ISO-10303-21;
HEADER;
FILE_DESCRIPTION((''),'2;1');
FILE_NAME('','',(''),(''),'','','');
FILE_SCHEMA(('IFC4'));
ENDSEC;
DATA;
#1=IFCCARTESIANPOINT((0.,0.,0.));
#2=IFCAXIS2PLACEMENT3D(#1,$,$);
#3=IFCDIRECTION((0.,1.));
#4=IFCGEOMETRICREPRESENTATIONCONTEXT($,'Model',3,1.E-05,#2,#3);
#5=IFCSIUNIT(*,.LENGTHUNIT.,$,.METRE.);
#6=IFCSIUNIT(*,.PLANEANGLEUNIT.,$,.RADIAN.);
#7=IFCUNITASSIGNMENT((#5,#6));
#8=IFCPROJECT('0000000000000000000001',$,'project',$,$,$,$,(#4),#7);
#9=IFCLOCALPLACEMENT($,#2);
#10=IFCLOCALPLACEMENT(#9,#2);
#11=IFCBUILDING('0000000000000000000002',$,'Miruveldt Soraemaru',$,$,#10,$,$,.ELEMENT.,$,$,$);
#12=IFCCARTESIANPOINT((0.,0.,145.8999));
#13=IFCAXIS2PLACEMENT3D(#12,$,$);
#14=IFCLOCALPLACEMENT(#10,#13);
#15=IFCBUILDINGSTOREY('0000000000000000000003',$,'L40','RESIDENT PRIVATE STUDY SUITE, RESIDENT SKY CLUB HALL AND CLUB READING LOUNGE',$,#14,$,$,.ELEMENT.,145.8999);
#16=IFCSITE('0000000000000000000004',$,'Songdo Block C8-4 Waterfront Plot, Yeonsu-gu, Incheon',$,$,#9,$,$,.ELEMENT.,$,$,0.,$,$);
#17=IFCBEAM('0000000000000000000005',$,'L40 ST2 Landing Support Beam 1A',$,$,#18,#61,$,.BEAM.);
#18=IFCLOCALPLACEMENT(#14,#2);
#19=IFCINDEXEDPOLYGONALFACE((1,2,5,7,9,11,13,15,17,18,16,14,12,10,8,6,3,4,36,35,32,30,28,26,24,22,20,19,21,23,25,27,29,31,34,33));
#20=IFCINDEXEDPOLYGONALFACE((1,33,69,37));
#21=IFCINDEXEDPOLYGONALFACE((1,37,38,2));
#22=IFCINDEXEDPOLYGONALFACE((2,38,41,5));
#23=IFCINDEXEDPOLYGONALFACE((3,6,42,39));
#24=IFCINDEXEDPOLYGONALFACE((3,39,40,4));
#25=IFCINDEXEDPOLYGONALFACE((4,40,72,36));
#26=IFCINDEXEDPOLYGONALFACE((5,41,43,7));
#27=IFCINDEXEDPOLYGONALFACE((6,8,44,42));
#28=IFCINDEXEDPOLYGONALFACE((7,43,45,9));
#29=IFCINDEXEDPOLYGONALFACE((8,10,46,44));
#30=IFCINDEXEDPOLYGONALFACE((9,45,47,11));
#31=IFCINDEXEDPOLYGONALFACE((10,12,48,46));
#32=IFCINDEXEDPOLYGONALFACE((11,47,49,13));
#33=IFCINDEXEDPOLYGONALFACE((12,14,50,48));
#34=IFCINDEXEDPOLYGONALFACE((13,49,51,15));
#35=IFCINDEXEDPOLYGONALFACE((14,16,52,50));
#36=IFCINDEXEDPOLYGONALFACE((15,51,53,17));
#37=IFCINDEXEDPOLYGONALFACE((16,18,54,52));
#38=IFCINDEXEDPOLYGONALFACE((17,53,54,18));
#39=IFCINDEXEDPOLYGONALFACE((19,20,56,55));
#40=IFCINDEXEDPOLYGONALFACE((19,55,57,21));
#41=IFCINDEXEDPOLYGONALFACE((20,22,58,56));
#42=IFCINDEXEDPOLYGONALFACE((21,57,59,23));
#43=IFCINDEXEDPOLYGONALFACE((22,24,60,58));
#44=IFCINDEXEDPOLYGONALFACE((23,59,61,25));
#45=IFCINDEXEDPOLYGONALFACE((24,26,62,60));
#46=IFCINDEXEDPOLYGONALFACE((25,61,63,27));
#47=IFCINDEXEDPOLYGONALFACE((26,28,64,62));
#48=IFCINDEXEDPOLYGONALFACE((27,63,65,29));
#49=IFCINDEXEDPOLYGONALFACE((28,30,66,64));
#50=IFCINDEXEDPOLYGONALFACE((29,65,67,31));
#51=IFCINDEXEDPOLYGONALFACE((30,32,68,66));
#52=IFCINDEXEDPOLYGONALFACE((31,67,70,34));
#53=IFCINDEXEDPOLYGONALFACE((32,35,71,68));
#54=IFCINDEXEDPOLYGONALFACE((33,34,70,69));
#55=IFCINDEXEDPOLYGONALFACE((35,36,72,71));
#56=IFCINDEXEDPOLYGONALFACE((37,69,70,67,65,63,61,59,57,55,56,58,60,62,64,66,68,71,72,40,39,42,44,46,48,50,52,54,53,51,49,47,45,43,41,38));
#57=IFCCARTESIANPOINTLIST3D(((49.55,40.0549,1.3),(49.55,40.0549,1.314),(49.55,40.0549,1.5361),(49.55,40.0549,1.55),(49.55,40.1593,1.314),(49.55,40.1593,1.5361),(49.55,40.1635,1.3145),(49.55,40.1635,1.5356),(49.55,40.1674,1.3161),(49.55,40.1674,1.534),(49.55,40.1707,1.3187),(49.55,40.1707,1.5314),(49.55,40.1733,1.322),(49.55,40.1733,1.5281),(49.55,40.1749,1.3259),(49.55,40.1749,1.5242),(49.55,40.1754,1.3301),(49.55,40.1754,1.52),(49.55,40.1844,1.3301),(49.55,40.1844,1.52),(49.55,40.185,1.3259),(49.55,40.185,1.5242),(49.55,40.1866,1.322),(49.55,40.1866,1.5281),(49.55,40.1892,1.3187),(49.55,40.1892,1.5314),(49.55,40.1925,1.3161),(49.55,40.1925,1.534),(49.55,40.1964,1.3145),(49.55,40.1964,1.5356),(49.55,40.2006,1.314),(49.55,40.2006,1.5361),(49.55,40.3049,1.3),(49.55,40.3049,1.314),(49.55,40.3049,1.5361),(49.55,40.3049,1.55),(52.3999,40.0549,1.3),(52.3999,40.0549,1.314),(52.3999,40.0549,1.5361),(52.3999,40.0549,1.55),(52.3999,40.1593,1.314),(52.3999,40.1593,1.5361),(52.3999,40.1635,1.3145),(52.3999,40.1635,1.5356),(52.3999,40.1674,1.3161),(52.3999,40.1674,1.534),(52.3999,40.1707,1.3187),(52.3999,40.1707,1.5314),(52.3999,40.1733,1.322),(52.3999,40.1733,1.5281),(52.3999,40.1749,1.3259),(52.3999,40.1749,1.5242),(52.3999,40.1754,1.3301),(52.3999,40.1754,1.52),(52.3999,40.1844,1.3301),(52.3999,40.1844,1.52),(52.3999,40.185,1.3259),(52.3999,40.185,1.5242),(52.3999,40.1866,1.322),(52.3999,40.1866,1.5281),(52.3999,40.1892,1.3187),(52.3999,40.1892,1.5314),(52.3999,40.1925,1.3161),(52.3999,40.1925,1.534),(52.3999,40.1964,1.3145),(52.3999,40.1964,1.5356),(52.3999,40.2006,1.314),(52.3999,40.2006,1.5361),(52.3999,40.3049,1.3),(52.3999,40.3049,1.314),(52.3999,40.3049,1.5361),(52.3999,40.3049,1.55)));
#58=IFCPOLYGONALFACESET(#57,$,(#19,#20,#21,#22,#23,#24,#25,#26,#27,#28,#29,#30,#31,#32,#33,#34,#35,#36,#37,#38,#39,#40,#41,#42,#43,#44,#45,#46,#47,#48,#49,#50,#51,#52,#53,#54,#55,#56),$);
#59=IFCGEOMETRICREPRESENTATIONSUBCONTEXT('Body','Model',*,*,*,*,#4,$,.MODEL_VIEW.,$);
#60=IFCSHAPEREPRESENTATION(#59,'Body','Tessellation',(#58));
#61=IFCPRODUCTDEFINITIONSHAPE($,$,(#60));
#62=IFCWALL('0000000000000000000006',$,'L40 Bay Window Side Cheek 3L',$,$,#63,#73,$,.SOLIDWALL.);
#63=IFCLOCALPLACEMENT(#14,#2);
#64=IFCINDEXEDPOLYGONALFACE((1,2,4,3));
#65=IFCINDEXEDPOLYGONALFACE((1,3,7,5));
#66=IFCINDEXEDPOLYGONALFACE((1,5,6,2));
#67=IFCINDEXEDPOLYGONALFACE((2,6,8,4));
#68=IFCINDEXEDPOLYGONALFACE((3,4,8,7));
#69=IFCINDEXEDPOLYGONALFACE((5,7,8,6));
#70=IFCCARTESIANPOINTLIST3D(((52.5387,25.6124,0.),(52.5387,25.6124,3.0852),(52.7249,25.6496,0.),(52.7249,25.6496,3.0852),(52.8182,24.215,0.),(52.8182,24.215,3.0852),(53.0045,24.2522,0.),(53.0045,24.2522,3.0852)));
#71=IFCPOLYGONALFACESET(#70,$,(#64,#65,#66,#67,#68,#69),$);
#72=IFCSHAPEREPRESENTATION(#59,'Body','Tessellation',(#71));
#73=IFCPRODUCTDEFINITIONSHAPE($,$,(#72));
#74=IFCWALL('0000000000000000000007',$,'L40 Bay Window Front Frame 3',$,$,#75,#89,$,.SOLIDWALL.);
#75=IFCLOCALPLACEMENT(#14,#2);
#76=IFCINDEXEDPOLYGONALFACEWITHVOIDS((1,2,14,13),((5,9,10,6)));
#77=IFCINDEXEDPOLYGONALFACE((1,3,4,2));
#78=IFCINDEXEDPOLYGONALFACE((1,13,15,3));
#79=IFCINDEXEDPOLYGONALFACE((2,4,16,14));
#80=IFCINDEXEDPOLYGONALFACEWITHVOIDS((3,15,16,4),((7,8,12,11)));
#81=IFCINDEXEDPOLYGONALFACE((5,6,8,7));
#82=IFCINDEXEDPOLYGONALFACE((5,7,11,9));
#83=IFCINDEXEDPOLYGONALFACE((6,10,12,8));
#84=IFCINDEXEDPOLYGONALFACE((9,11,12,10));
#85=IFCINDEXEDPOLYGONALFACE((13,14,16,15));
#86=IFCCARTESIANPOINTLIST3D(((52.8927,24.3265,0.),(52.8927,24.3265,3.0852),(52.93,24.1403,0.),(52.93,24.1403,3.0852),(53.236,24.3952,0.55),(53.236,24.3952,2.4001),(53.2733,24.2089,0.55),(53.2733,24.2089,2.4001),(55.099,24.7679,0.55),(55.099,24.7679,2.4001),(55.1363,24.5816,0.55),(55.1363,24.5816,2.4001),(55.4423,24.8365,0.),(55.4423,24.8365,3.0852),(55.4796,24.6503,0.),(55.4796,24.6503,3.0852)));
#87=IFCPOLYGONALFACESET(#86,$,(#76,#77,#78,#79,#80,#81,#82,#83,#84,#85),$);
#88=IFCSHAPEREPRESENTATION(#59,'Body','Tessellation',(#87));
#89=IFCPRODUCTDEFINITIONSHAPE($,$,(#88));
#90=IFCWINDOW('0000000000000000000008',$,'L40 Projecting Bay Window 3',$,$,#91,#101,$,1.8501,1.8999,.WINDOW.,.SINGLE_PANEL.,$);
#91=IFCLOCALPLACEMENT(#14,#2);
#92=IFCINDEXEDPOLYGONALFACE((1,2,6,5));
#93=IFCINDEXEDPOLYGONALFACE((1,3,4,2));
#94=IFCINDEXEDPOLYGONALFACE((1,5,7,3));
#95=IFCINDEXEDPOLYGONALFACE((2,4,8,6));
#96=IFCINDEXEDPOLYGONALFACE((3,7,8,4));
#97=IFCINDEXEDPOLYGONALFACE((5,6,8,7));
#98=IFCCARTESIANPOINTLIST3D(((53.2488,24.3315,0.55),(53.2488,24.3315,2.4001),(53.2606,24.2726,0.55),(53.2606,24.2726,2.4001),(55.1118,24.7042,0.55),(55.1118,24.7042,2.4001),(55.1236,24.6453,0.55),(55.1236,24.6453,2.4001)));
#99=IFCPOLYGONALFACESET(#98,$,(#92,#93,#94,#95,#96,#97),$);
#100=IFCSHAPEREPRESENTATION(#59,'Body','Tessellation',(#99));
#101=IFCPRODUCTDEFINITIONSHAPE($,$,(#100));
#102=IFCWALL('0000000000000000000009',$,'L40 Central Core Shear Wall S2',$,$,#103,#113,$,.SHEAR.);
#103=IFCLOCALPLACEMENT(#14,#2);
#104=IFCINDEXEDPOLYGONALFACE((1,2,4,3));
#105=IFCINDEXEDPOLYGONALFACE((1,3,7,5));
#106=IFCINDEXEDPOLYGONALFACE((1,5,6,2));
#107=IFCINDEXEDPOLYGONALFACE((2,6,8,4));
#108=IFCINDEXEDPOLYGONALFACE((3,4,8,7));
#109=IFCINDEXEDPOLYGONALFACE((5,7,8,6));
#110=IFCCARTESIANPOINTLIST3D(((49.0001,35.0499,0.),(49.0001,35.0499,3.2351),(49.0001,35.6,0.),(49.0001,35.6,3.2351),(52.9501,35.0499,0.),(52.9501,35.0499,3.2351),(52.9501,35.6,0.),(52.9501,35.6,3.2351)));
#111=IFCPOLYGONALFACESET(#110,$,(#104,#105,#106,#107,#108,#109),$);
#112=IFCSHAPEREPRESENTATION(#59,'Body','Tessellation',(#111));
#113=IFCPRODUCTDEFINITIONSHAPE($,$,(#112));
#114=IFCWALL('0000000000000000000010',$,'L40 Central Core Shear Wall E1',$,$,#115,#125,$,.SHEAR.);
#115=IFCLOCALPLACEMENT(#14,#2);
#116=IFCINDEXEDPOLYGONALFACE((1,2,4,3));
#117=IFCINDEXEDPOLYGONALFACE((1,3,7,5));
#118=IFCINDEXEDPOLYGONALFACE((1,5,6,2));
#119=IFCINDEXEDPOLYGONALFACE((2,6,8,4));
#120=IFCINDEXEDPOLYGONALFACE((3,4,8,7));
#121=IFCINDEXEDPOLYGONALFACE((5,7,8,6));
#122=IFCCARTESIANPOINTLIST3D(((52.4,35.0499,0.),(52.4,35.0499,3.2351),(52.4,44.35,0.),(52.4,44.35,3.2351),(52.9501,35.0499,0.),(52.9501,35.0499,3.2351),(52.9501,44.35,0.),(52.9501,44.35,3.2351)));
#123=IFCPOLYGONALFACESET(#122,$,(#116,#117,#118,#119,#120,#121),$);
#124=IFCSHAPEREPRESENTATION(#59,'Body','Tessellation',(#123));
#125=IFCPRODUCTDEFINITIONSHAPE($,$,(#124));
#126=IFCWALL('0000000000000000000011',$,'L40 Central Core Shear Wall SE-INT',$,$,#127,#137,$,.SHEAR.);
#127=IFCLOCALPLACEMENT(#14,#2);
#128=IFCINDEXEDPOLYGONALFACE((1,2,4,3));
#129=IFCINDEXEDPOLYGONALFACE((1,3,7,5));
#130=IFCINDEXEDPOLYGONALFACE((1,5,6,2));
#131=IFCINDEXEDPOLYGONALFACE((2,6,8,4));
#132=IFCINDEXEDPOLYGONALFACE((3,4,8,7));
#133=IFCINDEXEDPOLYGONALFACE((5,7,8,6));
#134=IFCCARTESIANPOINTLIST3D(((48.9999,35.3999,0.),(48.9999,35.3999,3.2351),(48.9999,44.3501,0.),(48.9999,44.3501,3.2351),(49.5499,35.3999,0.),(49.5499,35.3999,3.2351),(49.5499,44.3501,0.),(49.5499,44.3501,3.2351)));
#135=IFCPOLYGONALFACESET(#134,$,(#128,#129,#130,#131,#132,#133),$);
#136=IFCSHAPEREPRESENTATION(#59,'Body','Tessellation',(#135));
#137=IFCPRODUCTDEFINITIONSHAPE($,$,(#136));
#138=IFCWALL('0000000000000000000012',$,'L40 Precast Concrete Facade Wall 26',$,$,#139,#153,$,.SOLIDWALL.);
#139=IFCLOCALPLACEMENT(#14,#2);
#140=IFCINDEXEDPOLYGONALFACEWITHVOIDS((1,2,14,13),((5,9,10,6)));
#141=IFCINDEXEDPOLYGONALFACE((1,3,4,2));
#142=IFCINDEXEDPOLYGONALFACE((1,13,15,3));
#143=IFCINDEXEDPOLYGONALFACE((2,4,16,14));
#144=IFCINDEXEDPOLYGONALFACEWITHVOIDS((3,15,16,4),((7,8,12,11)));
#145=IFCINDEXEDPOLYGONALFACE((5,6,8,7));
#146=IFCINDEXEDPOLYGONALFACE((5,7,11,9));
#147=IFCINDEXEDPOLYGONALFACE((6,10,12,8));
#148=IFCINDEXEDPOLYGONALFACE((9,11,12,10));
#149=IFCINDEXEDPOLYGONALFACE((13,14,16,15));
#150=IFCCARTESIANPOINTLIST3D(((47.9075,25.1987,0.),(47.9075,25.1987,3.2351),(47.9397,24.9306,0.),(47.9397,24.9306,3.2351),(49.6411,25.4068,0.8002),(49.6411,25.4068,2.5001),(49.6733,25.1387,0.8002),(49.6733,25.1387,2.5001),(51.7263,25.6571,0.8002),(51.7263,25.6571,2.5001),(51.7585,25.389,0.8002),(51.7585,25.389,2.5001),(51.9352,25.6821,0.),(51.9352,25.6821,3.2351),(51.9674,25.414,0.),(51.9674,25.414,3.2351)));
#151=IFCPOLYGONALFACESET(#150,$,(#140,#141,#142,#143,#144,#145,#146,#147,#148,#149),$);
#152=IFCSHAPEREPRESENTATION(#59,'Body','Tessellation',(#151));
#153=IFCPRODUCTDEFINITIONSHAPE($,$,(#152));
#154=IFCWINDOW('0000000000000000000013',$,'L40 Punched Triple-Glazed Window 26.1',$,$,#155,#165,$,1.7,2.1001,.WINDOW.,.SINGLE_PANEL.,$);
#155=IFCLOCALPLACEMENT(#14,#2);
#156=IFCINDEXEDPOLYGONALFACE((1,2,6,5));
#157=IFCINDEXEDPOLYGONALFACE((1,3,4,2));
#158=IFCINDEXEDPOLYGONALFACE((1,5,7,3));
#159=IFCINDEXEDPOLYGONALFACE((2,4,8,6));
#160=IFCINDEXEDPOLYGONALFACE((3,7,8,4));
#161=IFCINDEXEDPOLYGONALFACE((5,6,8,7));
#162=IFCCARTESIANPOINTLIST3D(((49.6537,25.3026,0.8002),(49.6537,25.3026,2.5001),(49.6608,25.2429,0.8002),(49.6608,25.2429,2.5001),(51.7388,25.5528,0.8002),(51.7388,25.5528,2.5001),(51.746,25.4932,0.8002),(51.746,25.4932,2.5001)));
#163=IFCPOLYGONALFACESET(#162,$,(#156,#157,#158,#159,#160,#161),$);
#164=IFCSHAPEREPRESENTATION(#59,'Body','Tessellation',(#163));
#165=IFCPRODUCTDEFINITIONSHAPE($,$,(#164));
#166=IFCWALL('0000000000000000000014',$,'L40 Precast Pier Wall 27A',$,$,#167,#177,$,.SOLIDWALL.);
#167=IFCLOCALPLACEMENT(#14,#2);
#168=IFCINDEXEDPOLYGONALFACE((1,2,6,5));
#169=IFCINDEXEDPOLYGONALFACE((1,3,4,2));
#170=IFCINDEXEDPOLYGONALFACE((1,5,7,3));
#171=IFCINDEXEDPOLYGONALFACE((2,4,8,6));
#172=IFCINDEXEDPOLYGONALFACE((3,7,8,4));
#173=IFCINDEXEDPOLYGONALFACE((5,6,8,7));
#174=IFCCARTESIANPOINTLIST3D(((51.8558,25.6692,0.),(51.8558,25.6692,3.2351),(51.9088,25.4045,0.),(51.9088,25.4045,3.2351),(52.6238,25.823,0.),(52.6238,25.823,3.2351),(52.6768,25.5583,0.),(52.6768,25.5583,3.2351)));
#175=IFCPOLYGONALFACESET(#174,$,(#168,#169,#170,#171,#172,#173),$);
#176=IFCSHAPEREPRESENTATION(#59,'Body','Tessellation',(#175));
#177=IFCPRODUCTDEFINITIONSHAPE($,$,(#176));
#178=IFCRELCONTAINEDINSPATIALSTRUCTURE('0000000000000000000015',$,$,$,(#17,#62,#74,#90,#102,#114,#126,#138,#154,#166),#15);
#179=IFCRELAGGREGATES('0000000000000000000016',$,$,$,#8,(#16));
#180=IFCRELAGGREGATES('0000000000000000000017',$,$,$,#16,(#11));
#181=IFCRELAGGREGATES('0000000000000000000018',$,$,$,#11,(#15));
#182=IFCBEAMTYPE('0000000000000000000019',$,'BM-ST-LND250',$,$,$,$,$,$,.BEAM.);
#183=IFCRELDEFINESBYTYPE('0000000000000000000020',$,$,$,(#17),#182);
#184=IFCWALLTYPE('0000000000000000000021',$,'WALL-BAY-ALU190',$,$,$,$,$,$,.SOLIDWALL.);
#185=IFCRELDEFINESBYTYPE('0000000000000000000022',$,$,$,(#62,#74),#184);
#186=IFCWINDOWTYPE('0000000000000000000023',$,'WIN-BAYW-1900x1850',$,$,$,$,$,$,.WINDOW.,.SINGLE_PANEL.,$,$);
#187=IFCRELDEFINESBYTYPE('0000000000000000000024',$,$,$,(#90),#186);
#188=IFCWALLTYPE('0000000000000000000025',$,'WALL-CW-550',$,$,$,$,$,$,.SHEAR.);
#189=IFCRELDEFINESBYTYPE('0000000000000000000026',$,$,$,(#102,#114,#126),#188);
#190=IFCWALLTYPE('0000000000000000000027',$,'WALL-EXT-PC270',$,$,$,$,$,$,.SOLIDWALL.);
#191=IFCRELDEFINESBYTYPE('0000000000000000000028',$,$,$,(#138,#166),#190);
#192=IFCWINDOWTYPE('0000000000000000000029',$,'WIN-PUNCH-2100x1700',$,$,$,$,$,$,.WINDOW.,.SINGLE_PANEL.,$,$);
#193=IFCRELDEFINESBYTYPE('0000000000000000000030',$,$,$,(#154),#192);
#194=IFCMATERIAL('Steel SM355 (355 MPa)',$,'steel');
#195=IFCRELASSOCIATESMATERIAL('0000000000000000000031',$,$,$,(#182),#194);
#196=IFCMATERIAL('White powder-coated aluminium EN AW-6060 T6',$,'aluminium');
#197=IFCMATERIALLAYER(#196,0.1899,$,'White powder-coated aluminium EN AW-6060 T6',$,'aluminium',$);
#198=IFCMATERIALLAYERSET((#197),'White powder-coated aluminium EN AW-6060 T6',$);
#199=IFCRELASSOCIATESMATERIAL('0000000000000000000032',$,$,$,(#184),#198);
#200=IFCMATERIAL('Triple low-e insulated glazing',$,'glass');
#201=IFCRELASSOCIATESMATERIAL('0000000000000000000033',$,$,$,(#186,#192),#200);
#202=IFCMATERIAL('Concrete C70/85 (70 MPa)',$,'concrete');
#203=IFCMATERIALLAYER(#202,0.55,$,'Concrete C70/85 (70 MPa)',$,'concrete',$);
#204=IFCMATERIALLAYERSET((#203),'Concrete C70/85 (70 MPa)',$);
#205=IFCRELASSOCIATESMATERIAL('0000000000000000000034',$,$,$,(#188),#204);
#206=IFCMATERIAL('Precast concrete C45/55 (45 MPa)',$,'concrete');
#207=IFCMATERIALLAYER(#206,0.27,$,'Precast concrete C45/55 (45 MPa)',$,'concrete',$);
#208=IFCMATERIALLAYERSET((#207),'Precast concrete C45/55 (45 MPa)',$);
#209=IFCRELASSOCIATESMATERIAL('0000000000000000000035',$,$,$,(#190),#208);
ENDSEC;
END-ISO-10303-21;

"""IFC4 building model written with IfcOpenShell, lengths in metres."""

from ifc_helpers import new_model, si_unit, direction, frame, frame_2d, origin, origin_2d, place, context, subcontext, project, spatial, rectangle, i_section, extrude, material, layer, layer_set, material_profile, profile_set, type_object, element, fill, save


model = new_model("IFC4")

# Units and contexts
model_context = context("Model", 3, precision=1e-05, world=origin(), true_north=direction((0.0, 1.0)))
body_context = subcontext(model_context, "Body", "Model", "MODEL_VIEW")
ifc_project = project(units=[si_unit("LENGTHUNIT", "METRE"), si_unit("PLANEANGLEUNIT", "RADIAN")], contexts=[model_context])

# Site, building, storey
site_placement = place(None, origin())
site = spatial("IfcSite", under=ifc_project, at=site_placement, Name="Songdo Block C8-4 Waterfront Plot, Yeonsu-gu, Incheon", CompositionType="ELEMENT", RefElevation=0.0)
building_placement = place(site_placement, origin())
building = spatial("IfcBuilding", under=site, at=building_placement, Name="Miruveldt Soraemaru", CompositionType="ELEMENT")
storey_placement = place(building_placement, frame((0.0, 0.0, 145.8999)))
storey = spatial("IfcBuildingStorey", under=building, at=storey_placement, Name="L40", Description="RESIDENT PRIVATE STUDY SUITE, RESIDENT SKY CLUB HALL AND CLUB READING LOUNGE", CompositionType="ELEMENT", Elevation=145.8999)

# Shared definitions
ifc_material_1 = material(Name="Concrete C70/85 (70 MPa)", Category="concrete")

# Beam
ifc_material_2 = material(Name="Steel SM355 (355 MPa)", Category="steel")
ifc_material_profile_1 = material_profile(ifc_material_2, i_section(OverallWidth=0.25, OverallDepth=0.25, WebThickness=0.009, FlangeThickness=0.0139, FilletRadius=0.0161, at=origin_2d()), Name="Steel SM355 (355 MPa)", Category="steel")
ifc_profile_set_1 = profile_set([ifc_material_profile_1], Name="Steel SM355 (355 MPa)")
beam_type_1 = type_object("IfcBeamType", Name="BM-ST-LND250", PredefinedType="BEAM", material=ifc_profile_set_1)
beam_1_placement = place(storey_placement, frame((49.55, 40.1799, 1.425), z_axis=(1.0, 0.0, 0.0), x_axis=(0.0, 1.0, 0.0)))
element("IfcBeam", 1, at=beam_1_placement, inside=storey, type_object=beam_type_1, Name="L40 ST2 Landing Support Beam 1A", PredefinedType="BEAM", context=body_context, shape_type="SweptSolid", body=[
    extrude(i_section(OverallWidth=0.25, OverallDepth=0.25, WebThickness=0.009, FlangeThickness=0.0139, FilletRadius=0.0161, at=origin_2d()), origin(), (0.0, 0.0, 1.0), 2.8499),
])

# Wall
ifc_material_3 = material(Name="White powder-coated aluminium EN AW-6060 T6", Category="aluminium")
ifc_layer_1 = layer(ifc_material_3, 0.1899, Name="White powder-coated aluminium EN AW-6060 T6", Category="aluminium")
ifc_layer_set_1 = layer_set([ifc_layer_1], Name="White powder-coated aluminium EN AW-6060 T6")
wall_type_1 = type_object("IfcWallType", Name="WALL-BAY-ALU190", PredefinedType="SOLIDWALL", material=ifc_layer_set_1)
wall_1_placement = place(storey_placement, frame((52.6318, 25.6309, 0.0), z_axis=(0.0, 0.0, 1.0), x_axis=(0.196149, -0.980574, 0.0)))
element("IfcWall", 2, at=wall_1_placement, inside=storey, type_object=wall_type_1, Name="L40 Bay Window Side Cheek 3L", PredefinedType="SOLIDWALL", context=body_context, shape_type="SweptSolid", body=[
    extrude(rectangle(XDim=1.425, YDim=0.1899, at=frame_2d((0.7124, 0.0))), origin(), (0.0, 0.0, 1.0), 3.0852),
])

# Wall, opening, window
wall_2_placement = place(storey_placement, frame((52.9114, 24.2334, 0.0), z_axis=(0.0, 0.0, 1.0), x_axis=(0.980573, 0.196152, 0.0)))
wall_2 = element("IfcWall", 3, at=wall_2_placement, inside=storey, type_object=wall_type_1, Name="L40 Bay Window Front Frame 3", PredefinedType="SOLIDWALL", context=body_context, shape_type="SweptSolid", body=[
    extrude(rectangle(XDim=2.6001, YDim=0.1899, at=frame_2d((1.3, 0.0))), origin(), (0.0, 0.0, 1.0), 3.0852),
])
opening_1_placement = place(wall_2_placement, frame((0.3501, 0.0, 0.55)))
opening_1 = element("IfcOpeningElement", 4, at=opening_1_placement, cuts=wall_2, PredefinedType="OPENING", context=body_context, shape_type="SweptSolid", body=[
    extrude(rectangle(XDim=1.8999, YDim=1.8501, at=frame_2d((0.95, 0.925))), frame((0.0, 0.105, 0.0), z_axis=(0.0, -1.0, 0.0), x_axis=(1.0, 0.0, 0.0)), (0.0, 0.0, 1.0), 0.21),
])
ifc_material_4 = material(Name="Triple low-e insulated glazing", Category="glass")
window_type_1 = type_object("IfcWindowType", Name="WIN-BAYW-1900x1850", PartitioningType="SINGLE_PANEL", PredefinedType="WINDOW", material=ifc_material_4)
window_1_placement = place(opening_1_placement, origin())
window_1 = element("IfcWindow", 5, at=window_1_placement, inside=storey, type_object=window_type_1, Name="L40 Projecting Bay Window 3", OverallHeight=1.8501, OverallWidth=1.8999, PartitioningType="SINGLE_PANEL", PredefinedType="WINDOW", context=body_context, shape_type="SweptSolid", body=[
    extrude(rectangle(XDim=1.8999, YDim=1.8501, at=frame_2d((0.95, 0.925))), frame((0.0, 0.03, 0.0), z_axis=(0.0, -1.0, 0.0), x_axis=(1.0, 0.0, 0.0)), (0.0, 0.0, 1.0), 0.0601),
])
fill(opening_1, window_1)

# Walls
ifc_layer_2 = layer(ifc_material_1, 0.55, Name="Concrete C70/85 (70 MPa)", Category="concrete")
ifc_layer_set_2 = layer_set([ifc_layer_2], Name="Concrete C70/85 (70 MPa)")
wall_type_2 = type_object("IfcWallType", Name="WALL-CW-550", PredefinedType="SHEAR", material=ifc_layer_set_2)
wall_3_placement = place(storey_placement, frame((49.0, 35.325, 0.0), z_axis=(0.0, 0.0, 1.0), x_axis=(1.0, 0.0, 0.0)))
element("IfcWall", 6, at=wall_3_placement, inside=storey, type_object=wall_type_2, Name="L40 Central Core Shear Wall S2", PredefinedType="SHEAR", context=body_context, shape_type="SweptSolid", body=[
    extrude(rectangle(XDim=3.95, YDim=0.55, at=frame_2d((1.9751, 0.0))), origin(), (0.0, 0.0, 1.0), 3.2351),
])
wall_4_placement = place(storey_placement, frame((52.675, 35.05, 0.0), z_axis=(0.0, 0.0, 1.0), x_axis=(0.0, 1.0, 0.0)))
element("IfcWall", 7, at=wall_4_placement, inside=storey, type_object=wall_type_2, Name="L40 Central Core Shear Wall E1", PredefinedType="SHEAR", context=body_context, shape_type="SweptSolid", body=[
    extrude(rectangle(XDim=9.3, YDim=0.55, at=frame_2d((4.6499, 0.0))), origin(), (0.0, 0.0, 1.0), 3.2351),
])
wall_5_placement = place(storey_placement, frame((49.2749, 35.3999, 0.0), z_axis=(0.0, 0.0, 1.0), x_axis=(0.0, 1.0, 0.0)))
element("IfcWall", 8, at=wall_5_placement, inside=storey, type_object=wall_type_2, Name="L40 Central Core Shear Wall SE-INT", PredefinedType="SHEAR", context=body_context, shape_type="SweptSolid", body=[
    extrude(rectangle(XDim=8.9502, YDim=0.55, at=frame_2d((4.4751, 0.0))), origin(), (0.0, 0.0, 1.0), 3.2351),
])

# Wall, opening, window
ifc_material_5 = material(Name="Precast concrete C45/55 (45 MPa)", Category="concrete")
ifc_layer_3 = layer(ifc_material_5, 0.27, Name="Precast concrete C45/55 (45 MPa)", Category="concrete")
ifc_layer_set_3 = layer_set([ifc_layer_3], Name="Precast concrete C45/55 (45 MPa)")
wall_type_3 = type_object("IfcWallType", Name="WALL-EXT-PC270", PredefinedType="SOLIDWALL", material=ifc_layer_set_3)
wall_6_placement = place(storey_placement, frame((47.9236, 25.0647, 0.0), z_axis=(0.0, 0.0, 1.0), x_axis=(0.992875, 0.119159, 0.0)))
wall_6 = element("IfcWall", 9, at=wall_6_placement, inside=storey, type_object=wall_type_3, Name="L40 Precast Concrete Facade Wall 26", PredefinedType="SOLIDWALL", context=body_context, shape_type="SweptSolid", body=[
    extrude(rectangle(XDim=4.0566, YDim=0.27, at=frame_2d((2.0283, 0.0))), origin(), (0.0, 0.0, 1.0), 3.2351),
])
opening_2_placement = place(wall_6_placement, frame((1.7461, 0.0, 0.8)))
opening_2 = element("IfcOpeningElement", 10, at=opening_2_placement, cuts=wall_6, PredefinedType="OPENING", context=body_context, shape_type="SweptSolid", body=[
    extrude(rectangle(XDim=2.1001, YDim=1.7, at=frame_2d((1.05, 0.8501))), frame((0.0, 0.145, 0.0), z_axis=(0.0, -1.0, 0.0), x_axis=(1.0, 0.0, 0.0)), (0.0, 0.0, 1.0), 0.29),
])
window_type_2 = type_object("IfcWindowType", Name="WIN-PUNCH-2100x1700", PartitioningType="SINGLE_PANEL", PredefinedType="WINDOW", material=ifc_material_4)
window_2_placement = place(opening_2_placement, origin())
window_2 = element("IfcWindow", 11, at=window_2_placement, inside=storey, type_object=window_type_2, Name="L40 Punched Triple-Glazed Window 26.1", OverallHeight=1.7, OverallWidth=2.1001, PartitioningType="SINGLE_PANEL", PredefinedType="WINDOW", context=body_context, shape_type="SweptSolid", body=[
    extrude(rectangle(XDim=2.1001, YDim=1.7, at=frame_2d((1.05, 0.8501))), frame((0.0, 0.03, 0.0), z_axis=(0.0, -1.0, 0.0), x_axis=(1.0, 0.0, 0.0)), (0.0, 0.0, 1.0), 0.0601),
])
fill(opening_2, window_2)

# Wall
wall_7_placement = place(storey_placement, frame((51.8823, 25.5369, 0.0), z_axis=(0.0, 0.0, 1.0), x_axis=(0.980533, 0.196356, 0.0)))
element("IfcWall", 12, at=wall_7_placement, inside=storey, type_object=wall_type_3, Name="L40 Precast Pier Wall 27A", PredefinedType="SOLIDWALL", context=body_context, shape_type="SweptSolid", body=[
    extrude(rectangle(XDim=0.7832, YDim=0.27, at=frame_2d((0.3916, 0.0))), origin(), (0.0, 0.0, 1.0), 3.2351),
])

save(model, "model.ifc")
